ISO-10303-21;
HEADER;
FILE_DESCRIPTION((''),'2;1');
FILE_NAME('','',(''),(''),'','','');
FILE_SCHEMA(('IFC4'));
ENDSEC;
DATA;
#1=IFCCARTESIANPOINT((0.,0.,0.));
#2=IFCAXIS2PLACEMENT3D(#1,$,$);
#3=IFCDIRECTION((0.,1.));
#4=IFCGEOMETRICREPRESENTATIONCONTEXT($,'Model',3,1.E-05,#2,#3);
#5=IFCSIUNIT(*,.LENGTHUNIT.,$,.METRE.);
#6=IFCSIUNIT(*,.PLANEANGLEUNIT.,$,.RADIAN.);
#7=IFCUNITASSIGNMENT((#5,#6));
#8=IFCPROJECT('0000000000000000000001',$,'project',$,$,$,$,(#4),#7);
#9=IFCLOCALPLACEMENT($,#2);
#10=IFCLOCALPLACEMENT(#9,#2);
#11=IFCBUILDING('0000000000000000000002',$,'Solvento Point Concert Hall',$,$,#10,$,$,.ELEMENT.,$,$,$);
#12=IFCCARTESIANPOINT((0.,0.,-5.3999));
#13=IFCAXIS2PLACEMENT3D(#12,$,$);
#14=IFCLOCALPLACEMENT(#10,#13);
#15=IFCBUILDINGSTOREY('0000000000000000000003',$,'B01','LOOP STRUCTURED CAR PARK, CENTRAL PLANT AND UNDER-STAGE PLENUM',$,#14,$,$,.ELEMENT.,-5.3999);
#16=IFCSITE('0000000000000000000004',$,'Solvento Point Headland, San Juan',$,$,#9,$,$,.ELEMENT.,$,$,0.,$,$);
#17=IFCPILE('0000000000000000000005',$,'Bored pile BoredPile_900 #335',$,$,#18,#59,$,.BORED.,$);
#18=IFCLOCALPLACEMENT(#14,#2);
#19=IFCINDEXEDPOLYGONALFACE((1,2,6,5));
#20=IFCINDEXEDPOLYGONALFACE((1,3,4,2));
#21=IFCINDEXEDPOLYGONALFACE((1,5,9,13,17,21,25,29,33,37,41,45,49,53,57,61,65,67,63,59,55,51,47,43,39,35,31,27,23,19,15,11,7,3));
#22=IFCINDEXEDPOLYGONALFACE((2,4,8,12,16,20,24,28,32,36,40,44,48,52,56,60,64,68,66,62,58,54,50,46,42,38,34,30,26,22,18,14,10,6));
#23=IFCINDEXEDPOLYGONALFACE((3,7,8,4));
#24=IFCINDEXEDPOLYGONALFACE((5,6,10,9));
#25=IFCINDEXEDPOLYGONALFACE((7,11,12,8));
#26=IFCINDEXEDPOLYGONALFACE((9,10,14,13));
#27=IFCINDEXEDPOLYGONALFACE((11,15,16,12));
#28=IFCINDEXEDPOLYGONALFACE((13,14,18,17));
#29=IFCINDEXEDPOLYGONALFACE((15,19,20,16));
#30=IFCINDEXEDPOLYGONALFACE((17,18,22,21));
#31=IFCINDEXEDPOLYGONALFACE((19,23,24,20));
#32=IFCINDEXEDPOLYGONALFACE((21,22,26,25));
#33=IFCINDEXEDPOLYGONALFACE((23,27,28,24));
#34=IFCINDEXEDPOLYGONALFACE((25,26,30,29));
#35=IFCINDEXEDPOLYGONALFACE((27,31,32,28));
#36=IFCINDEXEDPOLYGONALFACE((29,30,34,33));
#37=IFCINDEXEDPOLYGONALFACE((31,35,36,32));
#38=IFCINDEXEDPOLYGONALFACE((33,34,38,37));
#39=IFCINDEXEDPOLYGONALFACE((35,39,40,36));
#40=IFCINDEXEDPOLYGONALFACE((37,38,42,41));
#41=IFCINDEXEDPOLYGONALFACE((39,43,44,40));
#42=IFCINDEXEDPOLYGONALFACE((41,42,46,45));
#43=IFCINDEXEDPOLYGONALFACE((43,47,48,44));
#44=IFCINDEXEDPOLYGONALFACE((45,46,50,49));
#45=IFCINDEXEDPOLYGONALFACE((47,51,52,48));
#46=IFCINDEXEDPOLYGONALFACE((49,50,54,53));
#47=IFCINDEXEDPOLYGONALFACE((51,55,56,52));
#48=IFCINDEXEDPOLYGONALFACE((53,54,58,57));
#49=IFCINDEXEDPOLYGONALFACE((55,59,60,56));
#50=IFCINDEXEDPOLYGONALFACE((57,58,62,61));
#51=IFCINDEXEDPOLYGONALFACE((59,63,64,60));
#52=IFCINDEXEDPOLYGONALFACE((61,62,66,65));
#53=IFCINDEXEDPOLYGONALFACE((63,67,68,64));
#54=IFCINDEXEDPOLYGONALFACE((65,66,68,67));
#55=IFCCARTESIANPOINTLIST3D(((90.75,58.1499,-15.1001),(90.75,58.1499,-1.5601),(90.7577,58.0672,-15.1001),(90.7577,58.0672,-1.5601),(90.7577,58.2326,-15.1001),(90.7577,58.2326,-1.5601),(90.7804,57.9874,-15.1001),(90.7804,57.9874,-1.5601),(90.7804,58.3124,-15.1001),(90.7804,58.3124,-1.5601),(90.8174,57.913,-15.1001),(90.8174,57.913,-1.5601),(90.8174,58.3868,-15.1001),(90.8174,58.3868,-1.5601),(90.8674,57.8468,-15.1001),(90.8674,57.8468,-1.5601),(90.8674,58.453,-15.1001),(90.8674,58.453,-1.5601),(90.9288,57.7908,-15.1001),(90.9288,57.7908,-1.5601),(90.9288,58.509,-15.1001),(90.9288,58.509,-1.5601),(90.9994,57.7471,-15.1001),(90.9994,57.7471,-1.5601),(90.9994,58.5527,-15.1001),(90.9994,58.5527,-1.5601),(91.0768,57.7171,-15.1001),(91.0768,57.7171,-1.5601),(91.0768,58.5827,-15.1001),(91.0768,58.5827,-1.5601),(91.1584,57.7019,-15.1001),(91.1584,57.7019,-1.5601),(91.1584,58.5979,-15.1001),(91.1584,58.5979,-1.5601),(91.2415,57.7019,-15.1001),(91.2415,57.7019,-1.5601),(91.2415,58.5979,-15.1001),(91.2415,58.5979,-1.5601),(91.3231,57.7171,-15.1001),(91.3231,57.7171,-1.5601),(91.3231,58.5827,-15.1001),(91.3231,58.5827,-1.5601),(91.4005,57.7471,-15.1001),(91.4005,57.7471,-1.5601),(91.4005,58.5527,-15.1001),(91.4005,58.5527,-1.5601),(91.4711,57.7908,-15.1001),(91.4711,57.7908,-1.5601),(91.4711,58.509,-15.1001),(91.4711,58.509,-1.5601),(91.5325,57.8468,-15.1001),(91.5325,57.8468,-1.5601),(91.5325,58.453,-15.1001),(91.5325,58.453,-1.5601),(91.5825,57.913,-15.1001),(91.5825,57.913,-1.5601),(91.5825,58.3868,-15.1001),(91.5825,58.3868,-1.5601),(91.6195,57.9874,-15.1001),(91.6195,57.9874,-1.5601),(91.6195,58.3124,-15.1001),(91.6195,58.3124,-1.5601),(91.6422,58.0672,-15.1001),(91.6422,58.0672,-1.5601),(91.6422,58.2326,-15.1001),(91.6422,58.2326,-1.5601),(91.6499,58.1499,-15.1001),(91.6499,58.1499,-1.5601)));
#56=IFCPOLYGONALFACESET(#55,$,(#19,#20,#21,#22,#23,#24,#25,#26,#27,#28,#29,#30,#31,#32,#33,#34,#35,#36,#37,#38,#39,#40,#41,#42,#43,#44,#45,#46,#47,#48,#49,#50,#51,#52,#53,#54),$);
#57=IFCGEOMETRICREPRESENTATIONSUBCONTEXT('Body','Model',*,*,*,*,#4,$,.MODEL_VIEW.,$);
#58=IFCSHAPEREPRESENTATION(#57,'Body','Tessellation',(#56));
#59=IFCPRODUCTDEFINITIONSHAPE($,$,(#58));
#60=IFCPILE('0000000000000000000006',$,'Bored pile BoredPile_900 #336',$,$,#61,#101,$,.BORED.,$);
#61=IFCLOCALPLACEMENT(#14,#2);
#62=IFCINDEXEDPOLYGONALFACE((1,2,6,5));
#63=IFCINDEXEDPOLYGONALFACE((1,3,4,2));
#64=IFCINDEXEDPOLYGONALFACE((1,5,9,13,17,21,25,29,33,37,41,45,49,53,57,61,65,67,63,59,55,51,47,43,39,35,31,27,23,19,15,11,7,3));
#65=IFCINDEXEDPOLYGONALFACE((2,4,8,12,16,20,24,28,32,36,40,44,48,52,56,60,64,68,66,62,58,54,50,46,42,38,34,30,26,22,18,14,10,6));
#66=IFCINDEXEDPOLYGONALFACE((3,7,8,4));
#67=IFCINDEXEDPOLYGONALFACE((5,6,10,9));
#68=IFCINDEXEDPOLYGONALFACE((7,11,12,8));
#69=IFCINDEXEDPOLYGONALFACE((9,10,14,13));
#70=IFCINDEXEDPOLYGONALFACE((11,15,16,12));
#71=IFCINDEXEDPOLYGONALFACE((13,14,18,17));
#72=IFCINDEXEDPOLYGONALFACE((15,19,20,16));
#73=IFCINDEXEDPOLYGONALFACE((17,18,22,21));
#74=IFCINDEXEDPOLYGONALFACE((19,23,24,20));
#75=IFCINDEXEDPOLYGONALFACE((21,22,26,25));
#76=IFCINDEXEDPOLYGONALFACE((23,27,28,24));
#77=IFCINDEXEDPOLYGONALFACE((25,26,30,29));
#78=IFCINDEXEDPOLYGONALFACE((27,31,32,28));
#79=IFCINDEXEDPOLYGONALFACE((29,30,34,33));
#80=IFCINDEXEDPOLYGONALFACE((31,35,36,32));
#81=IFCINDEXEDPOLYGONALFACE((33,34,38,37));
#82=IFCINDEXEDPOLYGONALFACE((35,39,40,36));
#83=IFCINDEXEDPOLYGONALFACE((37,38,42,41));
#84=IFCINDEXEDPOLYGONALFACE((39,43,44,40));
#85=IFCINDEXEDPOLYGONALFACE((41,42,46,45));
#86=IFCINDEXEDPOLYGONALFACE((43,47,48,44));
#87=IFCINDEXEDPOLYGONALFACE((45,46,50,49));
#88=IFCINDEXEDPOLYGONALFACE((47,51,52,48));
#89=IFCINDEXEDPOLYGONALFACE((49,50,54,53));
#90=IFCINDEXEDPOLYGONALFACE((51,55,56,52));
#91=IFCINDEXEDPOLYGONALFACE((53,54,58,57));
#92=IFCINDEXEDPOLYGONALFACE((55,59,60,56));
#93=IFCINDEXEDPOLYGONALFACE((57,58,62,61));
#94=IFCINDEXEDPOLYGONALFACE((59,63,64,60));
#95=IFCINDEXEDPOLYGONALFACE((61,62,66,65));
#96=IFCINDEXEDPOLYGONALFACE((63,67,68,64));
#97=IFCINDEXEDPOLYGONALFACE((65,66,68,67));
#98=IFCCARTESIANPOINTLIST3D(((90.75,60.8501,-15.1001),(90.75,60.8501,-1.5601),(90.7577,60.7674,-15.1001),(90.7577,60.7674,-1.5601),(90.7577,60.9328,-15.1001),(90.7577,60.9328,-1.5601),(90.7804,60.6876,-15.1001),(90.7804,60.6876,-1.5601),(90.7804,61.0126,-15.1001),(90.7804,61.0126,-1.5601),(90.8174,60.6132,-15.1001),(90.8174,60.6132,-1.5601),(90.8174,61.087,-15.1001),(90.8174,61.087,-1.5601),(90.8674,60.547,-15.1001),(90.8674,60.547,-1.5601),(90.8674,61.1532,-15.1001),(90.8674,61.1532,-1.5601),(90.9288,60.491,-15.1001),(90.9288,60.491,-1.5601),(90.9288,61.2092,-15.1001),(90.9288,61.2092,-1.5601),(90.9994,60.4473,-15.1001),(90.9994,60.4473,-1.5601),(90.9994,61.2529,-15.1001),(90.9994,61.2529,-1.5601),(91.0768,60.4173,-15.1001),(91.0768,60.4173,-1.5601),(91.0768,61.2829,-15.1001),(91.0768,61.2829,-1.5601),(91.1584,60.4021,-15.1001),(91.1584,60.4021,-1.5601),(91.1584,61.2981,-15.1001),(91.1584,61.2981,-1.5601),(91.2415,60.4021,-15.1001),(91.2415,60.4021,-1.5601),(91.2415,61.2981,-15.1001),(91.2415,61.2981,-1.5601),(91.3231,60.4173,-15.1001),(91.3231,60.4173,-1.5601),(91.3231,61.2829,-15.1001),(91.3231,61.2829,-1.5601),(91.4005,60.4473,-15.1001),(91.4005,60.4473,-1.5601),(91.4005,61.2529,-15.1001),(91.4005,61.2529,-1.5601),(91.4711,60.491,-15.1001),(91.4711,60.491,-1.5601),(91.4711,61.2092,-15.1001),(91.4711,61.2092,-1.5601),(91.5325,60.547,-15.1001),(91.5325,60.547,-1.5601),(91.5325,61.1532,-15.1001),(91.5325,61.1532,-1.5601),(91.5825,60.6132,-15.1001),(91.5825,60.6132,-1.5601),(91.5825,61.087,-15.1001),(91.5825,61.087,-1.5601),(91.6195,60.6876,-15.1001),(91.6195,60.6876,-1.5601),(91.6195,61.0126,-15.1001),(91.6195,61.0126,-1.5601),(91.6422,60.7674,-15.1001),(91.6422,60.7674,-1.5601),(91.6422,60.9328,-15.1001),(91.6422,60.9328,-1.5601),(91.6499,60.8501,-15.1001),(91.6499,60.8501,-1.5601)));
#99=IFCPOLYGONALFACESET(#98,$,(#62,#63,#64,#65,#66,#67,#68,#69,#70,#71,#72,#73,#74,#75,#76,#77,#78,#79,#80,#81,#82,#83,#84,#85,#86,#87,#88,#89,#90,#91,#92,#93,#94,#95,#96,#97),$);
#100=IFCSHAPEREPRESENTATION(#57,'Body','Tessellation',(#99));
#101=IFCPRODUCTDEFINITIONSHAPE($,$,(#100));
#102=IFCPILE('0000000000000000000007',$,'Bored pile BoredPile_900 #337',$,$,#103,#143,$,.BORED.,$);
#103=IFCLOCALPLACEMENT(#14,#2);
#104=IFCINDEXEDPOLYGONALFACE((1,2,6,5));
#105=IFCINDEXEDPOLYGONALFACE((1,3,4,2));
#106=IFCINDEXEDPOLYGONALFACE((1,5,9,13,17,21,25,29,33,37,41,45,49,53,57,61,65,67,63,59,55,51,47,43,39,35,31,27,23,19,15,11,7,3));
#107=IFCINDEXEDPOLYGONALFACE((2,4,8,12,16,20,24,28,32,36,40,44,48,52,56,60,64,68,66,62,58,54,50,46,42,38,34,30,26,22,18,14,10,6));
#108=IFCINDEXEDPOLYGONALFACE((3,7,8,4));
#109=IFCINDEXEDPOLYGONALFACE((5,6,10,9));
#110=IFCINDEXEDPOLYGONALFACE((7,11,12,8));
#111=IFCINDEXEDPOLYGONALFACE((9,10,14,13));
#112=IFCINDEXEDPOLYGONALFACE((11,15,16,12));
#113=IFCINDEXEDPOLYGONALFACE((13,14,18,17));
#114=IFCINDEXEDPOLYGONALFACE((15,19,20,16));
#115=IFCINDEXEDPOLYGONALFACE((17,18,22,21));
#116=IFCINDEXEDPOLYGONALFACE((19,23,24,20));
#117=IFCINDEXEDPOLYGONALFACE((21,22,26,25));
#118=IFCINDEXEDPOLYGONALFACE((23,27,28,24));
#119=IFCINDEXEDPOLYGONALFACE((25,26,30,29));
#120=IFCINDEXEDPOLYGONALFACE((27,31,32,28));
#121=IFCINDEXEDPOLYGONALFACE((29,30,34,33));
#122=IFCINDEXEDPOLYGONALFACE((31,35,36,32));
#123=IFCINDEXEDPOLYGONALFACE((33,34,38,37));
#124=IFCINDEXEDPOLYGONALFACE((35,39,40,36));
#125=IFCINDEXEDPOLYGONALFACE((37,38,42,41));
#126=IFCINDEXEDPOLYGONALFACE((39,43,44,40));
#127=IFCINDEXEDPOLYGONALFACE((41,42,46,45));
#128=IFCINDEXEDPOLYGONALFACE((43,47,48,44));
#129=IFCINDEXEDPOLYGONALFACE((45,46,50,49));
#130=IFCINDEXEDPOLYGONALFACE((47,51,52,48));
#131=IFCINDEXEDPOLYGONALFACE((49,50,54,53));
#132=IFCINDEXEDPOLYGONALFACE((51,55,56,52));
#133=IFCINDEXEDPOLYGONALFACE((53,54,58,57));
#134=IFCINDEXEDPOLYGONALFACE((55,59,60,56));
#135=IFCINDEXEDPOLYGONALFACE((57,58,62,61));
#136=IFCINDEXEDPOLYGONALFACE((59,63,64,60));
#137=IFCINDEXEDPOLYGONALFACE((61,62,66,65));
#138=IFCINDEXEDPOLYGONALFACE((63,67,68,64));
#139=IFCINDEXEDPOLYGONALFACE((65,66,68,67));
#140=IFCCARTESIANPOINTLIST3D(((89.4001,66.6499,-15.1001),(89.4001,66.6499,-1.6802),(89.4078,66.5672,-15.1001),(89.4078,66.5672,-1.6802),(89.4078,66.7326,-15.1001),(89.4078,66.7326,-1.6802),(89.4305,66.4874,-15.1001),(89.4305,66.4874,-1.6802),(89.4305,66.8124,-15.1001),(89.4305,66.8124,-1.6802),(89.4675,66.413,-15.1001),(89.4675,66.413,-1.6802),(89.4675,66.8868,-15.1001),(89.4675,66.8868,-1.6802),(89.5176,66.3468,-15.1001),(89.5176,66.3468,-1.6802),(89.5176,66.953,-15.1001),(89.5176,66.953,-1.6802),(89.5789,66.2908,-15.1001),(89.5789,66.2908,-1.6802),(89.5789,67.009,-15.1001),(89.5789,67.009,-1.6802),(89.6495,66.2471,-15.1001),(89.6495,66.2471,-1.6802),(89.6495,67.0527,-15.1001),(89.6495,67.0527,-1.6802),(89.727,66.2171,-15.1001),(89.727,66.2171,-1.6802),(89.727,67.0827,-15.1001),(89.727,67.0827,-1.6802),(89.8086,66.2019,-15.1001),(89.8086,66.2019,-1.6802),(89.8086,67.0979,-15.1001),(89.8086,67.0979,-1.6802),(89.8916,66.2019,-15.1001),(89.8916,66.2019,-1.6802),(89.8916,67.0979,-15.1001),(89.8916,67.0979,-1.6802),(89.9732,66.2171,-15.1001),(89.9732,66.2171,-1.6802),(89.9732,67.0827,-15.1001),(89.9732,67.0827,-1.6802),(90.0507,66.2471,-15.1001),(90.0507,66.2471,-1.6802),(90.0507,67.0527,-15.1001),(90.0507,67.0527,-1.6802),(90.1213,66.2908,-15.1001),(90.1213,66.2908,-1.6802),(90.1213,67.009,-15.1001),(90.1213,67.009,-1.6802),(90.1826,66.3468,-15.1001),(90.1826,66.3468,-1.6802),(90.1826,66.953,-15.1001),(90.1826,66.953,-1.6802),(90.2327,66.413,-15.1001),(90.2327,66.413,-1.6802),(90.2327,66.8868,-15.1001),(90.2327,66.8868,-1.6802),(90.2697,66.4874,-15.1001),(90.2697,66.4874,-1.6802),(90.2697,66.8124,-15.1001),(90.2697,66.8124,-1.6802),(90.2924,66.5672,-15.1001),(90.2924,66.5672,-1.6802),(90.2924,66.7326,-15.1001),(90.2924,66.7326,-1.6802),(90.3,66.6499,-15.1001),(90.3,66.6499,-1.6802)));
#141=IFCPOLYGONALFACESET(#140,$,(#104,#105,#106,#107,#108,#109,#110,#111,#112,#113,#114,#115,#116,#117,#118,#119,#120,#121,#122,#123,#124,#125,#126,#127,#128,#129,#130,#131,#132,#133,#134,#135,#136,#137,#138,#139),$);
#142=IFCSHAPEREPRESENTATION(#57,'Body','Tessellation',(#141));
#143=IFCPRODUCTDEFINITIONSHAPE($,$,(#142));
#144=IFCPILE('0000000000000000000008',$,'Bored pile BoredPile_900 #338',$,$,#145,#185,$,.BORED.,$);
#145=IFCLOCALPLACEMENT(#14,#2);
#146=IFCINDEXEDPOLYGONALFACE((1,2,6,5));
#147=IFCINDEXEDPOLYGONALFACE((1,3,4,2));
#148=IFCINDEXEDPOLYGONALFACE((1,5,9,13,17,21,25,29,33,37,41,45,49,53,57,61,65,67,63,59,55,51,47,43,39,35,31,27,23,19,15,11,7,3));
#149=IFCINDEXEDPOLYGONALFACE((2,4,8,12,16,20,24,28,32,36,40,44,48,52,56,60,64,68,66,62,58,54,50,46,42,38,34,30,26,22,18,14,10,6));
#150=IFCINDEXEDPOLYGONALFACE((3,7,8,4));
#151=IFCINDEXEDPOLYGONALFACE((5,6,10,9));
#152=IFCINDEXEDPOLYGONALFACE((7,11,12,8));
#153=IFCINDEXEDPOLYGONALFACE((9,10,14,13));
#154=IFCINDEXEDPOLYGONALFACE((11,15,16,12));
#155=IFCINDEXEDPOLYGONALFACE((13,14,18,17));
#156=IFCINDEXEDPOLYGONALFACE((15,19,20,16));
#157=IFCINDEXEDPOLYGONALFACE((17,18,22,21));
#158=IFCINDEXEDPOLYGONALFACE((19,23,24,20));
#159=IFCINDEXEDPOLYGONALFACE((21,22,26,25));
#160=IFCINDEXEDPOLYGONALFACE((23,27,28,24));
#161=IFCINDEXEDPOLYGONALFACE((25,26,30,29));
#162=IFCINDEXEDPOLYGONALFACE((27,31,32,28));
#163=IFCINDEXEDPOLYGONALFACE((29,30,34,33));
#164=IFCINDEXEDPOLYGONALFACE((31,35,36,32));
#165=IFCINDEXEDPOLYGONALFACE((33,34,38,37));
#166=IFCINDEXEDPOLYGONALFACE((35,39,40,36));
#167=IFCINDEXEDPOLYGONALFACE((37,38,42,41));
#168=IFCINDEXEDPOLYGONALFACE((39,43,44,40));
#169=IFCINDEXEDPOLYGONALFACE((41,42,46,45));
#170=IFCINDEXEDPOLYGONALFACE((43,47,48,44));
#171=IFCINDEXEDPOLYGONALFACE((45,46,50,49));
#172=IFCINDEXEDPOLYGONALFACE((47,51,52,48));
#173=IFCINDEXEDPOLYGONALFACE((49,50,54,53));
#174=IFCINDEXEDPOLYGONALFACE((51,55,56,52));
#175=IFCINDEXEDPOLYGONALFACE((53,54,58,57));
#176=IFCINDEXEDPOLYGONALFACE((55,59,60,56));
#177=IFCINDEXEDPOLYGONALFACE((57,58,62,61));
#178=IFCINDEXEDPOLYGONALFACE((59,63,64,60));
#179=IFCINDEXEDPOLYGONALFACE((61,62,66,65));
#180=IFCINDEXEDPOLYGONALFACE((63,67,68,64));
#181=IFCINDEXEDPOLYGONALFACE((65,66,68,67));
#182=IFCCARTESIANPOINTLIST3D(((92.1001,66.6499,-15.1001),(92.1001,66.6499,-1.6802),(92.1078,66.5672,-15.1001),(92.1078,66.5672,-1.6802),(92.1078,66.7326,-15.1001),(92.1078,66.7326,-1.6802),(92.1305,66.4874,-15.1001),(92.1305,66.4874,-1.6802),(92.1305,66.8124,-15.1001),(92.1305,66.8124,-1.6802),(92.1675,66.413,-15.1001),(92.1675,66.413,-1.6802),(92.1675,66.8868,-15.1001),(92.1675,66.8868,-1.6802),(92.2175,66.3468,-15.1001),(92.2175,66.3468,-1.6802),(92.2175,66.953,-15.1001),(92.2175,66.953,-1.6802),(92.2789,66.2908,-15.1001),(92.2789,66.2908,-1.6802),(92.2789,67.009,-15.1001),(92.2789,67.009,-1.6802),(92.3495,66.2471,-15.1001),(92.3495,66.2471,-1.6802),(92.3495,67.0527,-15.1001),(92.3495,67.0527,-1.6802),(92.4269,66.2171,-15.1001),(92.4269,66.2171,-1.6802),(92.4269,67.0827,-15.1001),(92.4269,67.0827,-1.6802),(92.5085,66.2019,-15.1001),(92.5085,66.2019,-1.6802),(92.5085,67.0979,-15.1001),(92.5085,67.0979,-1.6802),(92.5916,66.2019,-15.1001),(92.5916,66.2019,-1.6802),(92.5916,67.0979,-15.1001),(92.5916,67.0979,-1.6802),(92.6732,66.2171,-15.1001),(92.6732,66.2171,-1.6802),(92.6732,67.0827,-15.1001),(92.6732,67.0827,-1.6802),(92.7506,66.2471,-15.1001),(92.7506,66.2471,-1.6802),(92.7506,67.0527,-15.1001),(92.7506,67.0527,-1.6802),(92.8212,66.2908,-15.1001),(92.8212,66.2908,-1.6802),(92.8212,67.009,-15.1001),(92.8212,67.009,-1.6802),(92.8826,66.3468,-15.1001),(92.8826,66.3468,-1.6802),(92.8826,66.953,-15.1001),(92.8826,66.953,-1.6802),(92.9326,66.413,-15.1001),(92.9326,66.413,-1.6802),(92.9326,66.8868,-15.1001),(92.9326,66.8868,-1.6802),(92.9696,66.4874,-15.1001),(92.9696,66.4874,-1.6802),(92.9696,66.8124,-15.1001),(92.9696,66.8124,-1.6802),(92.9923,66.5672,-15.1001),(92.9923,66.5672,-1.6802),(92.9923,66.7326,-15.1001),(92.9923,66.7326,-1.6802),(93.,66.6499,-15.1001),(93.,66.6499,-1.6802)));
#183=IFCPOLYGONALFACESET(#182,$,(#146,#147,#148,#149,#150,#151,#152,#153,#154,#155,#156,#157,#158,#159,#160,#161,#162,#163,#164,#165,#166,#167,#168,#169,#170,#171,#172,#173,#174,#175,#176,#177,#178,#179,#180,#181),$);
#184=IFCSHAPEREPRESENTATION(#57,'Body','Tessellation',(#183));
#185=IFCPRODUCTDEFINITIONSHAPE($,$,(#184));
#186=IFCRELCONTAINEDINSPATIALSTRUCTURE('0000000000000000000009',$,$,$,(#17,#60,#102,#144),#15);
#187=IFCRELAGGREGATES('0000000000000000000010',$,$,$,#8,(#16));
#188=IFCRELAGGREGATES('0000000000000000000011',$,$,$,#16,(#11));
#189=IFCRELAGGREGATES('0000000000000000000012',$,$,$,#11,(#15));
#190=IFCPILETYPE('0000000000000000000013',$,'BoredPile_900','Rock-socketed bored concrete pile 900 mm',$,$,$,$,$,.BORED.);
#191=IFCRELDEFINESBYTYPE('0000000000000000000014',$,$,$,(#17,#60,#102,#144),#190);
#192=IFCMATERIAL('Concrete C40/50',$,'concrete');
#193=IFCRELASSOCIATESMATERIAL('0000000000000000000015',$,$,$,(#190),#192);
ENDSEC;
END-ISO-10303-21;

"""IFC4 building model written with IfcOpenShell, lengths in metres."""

from ifc_helpers import new_model, si_unit, direction, frame, origin, origin_2d, place, context, subcontext, project, spatial, circle, extrude, material, material_profile, profile_set, type_object, element, save


model = new_model("IFC4")

# Units and contexts
model_context = context("Model", 3, precision=1e-05, world=origin(), true_north=direction((0.0, 1.0)))
body_context = subcontext(model_context, "Body", "Model", "MODEL_VIEW")
ifc_project = project(units=[si_unit("LENGTHUNIT", "METRE"), si_unit("PLANEANGLEUNIT", "RADIAN")], contexts=[model_context])

# Site, building, storey
site_placement = place(None, origin())
site = spatial("IfcSite", under=ifc_project, at=site_placement, Name="Solvento Point Headland, San Juan", CompositionType="ELEMENT", RefElevation=0.0)
building_placement = place(site_placement, origin())
building = spatial("IfcBuilding", under=site, at=building_placement, Name="Solvento Point Concert Hall", CompositionType="ELEMENT")
storey_placement = place(building_placement, frame((0.0, 0.0, -5.3999)))
storey = spatial("IfcBuildingStorey", under=building, at=storey_placement, Name="B01", Description="LOOP STRUCTURED CAR PARK, CENTRAL PLANT AND UNDER-STAGE PLENUM", CompositionType="ELEMENT", Elevation=-5.3999)

# Piles
ifc_material_1 = material(Name="Concrete C40/50", Category="concrete")
ifc_material_profile_1 = material_profile(ifc_material_1, circle(Radius=0.45, at=origin_2d()), Name="BP-900")
ifc_profile_set_1 = profile_set([ifc_material_profile_1], Name="Concrete C40/50")
pile_type = type_object("IfcPileType", Name="BoredPile_900", Description="Rock-socketed bored concrete pile 900 mm", PredefinedType="BORED", material=ifc_profile_set_1)
for number, where, z_axis, x_axis, name in (
    (1, (91.2, 58.1499, -1.5601), (0.0, 0.0, -1.0), (1.0, 0.0, 0.0), "Bored pile BoredPile_900 #335"),
    (2, (91.2, 60.8501, -1.5601), (0.0, 0.0, -1.0), (1.0, 0.0, 0.0), "Bored pile BoredPile_900 #336"),
):
    element("IfcPile", number, at=place(storey_placement, frame(where, z_axis=z_axis, x_axis=x_axis)), inside=storey, type_object=pile_type, Name=name, PredefinedType="BORED", context=body_context, shape_type="SweptSolid", body=[
        extrude(circle(Radius=0.45, at=origin_2d()), origin(), (0.0, 0.0, 1.0), 13.54),
    ])
for number, where, z_axis, x_axis, name in (
    (3, (89.8501, 66.6499, -1.6802), (0.0, 0.0, -1.0), (1.0, 0.0, 0.0), "Bored pile BoredPile_900 #337"),
    (4, (92.55, 66.6499, -1.6802), (0.0, 0.0, -1.0), (1.0, 0.0, 0.0), "Bored pile BoredPile_900 #338"),
):
    element("IfcPile", number, at=place(storey_placement, frame(where, z_axis=z_axis, x_axis=x_axis)), inside=storey, type_object=pile_type, Name=name, PredefinedType="BORED", context=body_context, shape_type="SweptSolid", body=[
        extrude(circle(Radius=0.45, at=origin_2d()), origin(), (0.0, 0.0, 1.0), 13.4199),
    ])

save(model, "model.ifc")
